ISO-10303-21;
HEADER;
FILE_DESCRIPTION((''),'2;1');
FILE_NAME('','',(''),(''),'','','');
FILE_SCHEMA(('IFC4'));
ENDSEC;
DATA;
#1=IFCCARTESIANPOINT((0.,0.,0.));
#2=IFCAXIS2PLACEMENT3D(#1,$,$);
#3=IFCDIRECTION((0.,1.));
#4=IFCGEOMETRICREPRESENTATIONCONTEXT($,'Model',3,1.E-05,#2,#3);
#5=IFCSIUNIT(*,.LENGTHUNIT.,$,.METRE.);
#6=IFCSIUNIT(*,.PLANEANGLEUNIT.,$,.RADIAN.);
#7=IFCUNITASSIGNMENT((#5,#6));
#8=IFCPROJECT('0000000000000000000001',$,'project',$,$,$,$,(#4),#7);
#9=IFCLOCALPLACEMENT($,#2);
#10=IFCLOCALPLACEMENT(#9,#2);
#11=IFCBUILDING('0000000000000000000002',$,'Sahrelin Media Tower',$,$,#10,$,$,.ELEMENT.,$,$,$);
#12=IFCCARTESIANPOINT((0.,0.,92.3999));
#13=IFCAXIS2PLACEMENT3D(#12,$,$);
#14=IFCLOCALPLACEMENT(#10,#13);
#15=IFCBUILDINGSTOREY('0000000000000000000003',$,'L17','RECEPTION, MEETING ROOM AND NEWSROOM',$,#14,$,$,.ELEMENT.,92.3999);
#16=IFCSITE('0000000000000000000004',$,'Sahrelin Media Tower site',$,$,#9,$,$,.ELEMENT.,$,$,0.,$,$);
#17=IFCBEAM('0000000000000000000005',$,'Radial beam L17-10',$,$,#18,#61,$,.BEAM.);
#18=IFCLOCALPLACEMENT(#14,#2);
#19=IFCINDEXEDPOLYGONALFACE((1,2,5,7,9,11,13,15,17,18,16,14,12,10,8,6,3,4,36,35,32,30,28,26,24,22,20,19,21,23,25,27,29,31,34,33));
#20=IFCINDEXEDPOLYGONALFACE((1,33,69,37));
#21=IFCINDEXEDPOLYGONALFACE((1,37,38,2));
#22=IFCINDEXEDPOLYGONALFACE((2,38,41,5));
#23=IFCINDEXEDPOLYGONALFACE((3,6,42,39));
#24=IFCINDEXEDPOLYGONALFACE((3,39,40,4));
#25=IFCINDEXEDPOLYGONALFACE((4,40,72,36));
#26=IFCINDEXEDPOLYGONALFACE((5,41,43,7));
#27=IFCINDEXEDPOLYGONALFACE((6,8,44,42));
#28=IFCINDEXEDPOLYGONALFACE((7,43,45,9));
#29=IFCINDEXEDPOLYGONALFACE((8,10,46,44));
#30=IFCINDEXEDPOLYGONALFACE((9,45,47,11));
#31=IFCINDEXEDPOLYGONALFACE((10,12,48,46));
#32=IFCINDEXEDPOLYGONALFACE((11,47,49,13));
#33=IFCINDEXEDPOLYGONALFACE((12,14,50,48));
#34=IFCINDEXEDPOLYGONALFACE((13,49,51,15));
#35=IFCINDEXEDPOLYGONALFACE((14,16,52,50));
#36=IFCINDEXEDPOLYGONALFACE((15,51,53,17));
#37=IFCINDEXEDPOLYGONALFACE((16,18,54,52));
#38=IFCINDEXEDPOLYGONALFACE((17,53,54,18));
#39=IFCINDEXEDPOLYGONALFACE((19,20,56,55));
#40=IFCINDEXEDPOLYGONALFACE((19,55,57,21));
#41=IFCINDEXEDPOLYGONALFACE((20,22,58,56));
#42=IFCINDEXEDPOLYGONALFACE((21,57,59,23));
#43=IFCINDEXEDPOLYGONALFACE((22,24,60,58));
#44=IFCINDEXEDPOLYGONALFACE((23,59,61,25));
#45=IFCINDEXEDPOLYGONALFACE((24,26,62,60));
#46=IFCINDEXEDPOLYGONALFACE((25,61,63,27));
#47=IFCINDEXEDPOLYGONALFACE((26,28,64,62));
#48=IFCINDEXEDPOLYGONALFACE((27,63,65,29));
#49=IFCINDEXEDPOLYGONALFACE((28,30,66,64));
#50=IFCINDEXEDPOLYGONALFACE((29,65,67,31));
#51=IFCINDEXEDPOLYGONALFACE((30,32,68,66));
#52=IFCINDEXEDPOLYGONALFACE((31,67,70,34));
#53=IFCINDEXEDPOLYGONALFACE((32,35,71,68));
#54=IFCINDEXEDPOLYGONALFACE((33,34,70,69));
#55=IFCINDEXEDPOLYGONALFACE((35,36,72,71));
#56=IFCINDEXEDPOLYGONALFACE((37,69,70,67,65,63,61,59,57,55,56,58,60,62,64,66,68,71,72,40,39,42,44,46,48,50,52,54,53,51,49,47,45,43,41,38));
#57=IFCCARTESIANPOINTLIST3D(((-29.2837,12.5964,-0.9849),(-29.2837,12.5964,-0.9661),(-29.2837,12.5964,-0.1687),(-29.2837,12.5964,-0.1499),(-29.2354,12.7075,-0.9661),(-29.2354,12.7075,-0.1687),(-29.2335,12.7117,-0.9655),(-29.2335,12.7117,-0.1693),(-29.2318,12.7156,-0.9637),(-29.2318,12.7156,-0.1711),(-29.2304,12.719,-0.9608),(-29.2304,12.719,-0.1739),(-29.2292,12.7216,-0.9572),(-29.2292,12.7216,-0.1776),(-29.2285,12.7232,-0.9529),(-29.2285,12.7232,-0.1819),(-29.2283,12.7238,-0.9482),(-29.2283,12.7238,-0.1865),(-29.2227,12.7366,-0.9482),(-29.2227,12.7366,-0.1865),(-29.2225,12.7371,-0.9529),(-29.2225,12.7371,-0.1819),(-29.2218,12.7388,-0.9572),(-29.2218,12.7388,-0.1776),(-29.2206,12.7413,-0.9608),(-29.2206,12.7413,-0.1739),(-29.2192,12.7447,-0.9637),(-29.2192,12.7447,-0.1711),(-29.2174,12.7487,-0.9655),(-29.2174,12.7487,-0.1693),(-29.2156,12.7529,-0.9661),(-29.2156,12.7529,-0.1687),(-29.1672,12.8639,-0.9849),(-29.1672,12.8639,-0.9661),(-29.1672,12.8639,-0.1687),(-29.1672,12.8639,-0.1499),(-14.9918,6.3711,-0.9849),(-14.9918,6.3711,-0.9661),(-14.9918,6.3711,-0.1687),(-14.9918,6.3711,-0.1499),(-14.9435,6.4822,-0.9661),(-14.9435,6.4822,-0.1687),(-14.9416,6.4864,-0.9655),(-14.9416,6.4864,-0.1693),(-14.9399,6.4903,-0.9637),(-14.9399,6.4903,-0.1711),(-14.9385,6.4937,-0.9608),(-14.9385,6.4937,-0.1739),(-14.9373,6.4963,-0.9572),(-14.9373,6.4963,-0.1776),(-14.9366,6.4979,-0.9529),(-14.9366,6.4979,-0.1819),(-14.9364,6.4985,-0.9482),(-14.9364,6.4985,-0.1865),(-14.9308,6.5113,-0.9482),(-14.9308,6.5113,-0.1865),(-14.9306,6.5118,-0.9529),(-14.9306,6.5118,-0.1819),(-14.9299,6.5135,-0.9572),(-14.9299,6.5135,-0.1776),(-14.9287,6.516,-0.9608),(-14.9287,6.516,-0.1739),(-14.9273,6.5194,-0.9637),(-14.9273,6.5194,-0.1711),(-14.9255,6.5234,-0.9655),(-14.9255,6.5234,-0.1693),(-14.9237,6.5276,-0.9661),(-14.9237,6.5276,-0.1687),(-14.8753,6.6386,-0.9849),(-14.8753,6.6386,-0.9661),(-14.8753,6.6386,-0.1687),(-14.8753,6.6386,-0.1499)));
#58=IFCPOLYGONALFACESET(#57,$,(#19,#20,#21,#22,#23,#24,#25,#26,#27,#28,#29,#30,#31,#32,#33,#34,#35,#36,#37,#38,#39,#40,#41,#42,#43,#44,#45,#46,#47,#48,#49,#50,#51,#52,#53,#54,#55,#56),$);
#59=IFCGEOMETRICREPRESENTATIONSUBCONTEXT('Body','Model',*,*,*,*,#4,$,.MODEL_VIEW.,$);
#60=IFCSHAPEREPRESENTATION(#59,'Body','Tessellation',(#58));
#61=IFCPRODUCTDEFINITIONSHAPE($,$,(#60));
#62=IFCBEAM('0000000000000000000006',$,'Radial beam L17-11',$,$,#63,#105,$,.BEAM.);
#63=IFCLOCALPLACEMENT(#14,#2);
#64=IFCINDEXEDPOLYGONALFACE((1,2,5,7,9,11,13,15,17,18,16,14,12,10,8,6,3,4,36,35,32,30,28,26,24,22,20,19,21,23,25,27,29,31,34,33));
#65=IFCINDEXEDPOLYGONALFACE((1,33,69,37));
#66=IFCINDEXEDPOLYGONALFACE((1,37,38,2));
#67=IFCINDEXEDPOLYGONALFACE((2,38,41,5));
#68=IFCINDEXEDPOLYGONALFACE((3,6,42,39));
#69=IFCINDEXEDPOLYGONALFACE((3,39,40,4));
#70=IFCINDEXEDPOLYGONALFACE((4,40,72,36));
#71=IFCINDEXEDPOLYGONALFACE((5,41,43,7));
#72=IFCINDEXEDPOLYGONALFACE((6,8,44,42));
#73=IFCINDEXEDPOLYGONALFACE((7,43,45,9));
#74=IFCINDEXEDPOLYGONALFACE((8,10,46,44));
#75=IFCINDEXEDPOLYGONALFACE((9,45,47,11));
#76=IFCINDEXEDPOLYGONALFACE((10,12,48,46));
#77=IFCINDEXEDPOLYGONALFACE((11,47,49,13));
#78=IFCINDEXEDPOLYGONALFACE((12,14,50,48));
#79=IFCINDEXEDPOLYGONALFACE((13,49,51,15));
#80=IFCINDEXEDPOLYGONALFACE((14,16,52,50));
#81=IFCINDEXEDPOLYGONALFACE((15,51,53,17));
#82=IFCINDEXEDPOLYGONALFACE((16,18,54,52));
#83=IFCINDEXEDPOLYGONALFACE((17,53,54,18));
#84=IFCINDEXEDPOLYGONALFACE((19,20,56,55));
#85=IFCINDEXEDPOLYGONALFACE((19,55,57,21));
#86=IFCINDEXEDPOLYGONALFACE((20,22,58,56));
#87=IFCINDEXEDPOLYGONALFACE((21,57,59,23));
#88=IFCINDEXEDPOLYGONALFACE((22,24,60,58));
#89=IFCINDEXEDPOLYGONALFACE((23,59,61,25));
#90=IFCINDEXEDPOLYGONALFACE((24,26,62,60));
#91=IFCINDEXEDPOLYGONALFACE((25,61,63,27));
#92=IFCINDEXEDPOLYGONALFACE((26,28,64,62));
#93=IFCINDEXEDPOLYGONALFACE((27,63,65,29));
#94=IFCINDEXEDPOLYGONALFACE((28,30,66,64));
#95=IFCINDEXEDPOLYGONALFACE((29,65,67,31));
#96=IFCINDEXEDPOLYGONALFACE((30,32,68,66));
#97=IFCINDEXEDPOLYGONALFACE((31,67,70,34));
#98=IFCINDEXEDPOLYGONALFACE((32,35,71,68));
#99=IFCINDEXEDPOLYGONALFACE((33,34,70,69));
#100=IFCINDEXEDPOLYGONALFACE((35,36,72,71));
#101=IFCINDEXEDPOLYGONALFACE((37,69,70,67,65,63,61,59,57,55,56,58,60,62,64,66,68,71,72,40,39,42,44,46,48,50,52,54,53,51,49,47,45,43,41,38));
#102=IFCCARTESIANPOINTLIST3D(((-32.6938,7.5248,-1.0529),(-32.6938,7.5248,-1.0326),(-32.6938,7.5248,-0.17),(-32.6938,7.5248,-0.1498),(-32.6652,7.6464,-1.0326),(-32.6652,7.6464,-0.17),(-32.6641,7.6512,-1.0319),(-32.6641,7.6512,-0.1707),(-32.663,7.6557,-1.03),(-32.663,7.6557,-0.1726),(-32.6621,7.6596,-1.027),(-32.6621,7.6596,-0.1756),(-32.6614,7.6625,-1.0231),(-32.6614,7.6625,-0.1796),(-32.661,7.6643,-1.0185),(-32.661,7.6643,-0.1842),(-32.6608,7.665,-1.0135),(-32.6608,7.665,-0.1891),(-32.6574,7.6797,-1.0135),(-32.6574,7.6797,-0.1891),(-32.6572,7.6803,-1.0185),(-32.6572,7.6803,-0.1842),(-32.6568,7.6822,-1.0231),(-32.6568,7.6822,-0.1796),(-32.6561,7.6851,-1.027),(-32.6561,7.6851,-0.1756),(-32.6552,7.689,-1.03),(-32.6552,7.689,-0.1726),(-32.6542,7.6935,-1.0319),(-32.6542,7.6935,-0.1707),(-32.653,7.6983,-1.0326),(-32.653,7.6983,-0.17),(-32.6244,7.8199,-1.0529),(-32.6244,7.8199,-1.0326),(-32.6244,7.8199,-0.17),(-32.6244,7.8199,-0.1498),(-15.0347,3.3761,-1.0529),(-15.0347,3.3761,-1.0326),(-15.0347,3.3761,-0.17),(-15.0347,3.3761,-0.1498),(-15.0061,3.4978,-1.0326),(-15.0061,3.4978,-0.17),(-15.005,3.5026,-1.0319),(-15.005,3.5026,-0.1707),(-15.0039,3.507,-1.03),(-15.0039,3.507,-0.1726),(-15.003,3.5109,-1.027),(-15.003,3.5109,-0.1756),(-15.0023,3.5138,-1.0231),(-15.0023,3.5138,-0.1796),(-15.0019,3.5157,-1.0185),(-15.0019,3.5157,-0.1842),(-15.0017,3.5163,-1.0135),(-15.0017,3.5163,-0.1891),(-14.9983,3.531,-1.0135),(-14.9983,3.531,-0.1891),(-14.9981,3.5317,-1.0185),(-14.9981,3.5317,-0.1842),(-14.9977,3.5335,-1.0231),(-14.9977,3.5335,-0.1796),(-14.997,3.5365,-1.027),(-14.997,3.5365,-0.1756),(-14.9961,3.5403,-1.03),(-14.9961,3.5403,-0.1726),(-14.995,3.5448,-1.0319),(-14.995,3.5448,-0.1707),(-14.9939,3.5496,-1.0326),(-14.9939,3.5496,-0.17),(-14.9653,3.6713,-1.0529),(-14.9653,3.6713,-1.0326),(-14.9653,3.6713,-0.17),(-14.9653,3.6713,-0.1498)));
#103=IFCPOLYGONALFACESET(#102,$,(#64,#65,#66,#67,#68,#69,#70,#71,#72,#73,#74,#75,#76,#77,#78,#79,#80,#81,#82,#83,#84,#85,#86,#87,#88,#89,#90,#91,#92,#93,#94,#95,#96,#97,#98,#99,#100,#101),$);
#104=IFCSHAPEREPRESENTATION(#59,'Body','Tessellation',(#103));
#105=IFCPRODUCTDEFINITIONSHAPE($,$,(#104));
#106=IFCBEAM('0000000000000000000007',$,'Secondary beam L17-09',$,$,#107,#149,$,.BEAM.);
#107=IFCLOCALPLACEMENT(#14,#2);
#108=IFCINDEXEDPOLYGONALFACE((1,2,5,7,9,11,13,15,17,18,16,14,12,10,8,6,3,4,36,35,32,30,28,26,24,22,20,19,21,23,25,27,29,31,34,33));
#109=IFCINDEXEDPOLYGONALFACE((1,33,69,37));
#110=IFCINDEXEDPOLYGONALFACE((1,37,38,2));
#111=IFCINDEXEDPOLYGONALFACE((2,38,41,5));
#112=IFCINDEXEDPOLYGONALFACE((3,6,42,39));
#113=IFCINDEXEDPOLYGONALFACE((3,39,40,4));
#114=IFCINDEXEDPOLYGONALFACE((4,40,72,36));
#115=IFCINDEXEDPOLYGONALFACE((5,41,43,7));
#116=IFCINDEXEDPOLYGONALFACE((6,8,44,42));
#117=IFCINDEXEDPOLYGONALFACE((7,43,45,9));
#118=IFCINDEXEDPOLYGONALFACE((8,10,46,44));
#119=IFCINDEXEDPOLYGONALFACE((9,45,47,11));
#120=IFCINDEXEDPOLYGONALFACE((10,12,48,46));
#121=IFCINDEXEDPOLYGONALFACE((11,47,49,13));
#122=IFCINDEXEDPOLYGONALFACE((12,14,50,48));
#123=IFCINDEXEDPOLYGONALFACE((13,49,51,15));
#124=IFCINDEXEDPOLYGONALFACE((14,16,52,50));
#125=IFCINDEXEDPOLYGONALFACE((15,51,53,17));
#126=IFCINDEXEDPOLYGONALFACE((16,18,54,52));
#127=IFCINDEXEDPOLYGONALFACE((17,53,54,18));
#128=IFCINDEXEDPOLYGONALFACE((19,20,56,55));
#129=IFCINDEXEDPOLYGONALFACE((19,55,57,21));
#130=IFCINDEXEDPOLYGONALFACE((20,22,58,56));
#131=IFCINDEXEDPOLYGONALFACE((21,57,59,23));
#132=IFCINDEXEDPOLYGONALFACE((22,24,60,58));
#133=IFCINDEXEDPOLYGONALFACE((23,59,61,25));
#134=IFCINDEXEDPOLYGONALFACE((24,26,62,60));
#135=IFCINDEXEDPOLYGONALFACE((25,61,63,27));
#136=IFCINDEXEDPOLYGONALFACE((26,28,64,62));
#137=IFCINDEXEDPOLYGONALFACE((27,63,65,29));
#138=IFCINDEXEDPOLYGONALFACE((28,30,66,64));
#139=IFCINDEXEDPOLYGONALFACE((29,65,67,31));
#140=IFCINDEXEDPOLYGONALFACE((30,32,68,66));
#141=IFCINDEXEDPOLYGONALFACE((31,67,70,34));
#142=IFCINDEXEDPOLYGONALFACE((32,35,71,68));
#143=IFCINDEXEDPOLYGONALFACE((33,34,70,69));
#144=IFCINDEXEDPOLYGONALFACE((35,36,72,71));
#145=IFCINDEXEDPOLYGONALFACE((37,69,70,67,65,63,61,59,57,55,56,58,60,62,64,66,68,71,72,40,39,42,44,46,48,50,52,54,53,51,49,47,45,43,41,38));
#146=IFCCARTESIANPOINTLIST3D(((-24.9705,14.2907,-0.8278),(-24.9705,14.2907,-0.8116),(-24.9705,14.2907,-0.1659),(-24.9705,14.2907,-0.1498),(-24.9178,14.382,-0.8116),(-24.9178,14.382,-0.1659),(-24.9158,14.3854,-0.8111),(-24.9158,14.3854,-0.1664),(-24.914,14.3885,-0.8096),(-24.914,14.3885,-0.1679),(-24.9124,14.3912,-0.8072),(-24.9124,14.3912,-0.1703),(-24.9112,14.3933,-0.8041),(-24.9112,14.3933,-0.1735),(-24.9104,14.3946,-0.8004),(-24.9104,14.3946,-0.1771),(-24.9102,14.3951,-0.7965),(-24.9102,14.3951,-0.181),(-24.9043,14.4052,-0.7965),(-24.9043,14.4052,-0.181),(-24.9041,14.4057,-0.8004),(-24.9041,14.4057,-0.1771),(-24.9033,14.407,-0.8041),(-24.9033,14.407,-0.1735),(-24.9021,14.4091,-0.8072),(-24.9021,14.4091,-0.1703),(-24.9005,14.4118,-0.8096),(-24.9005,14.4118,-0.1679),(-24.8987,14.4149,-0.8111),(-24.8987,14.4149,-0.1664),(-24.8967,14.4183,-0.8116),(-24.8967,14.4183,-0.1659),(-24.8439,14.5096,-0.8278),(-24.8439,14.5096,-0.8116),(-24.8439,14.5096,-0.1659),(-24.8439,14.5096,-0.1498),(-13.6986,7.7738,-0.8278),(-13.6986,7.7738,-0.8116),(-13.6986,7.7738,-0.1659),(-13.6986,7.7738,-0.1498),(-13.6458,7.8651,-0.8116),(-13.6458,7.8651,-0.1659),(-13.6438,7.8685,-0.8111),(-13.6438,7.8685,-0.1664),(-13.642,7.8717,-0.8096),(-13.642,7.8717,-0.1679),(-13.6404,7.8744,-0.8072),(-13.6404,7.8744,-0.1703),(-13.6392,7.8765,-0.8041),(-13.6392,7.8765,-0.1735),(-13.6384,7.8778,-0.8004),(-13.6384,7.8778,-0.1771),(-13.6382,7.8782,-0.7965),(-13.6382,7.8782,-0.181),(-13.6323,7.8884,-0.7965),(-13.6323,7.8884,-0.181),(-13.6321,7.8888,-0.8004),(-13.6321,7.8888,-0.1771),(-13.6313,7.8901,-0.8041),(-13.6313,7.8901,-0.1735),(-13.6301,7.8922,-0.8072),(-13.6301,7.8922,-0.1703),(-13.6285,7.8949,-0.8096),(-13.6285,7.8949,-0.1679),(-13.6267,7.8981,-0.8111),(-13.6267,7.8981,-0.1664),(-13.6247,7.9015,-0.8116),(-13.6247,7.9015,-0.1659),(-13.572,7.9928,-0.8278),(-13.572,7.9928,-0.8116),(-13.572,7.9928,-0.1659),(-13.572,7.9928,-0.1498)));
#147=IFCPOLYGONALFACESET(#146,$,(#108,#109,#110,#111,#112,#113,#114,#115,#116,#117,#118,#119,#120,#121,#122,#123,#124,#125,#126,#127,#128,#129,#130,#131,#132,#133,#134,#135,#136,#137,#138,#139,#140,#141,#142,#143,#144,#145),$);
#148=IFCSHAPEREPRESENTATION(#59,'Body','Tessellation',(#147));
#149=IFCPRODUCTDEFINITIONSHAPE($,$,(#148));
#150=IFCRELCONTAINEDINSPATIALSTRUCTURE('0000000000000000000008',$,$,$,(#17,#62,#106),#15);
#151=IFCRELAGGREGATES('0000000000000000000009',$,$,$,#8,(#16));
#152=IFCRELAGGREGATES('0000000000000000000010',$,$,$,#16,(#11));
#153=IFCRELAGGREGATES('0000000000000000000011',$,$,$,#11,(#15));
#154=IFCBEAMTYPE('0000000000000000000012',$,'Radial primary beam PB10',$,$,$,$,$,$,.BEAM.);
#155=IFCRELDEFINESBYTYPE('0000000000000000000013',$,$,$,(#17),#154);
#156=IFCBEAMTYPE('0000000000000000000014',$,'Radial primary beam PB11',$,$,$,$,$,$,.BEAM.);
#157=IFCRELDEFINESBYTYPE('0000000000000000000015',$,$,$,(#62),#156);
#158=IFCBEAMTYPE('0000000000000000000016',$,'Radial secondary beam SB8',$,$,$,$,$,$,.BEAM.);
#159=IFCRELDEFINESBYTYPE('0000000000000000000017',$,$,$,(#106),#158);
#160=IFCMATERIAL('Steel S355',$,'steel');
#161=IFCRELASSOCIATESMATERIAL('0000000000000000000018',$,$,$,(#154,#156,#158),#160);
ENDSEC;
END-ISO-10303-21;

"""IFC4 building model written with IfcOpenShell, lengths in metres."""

from ifc_helpers import new_model, si_unit, direction, frame, origin, origin_2d, place, context, subcontext, project, spatial, i_section, extrude, material, material_profile, profile_set, type_object, element, save


model = new_model("IFC4")

# Units and contexts
model_context = context("Model", 3, precision=1e-05, world=origin(), true_north=direction((0.0, 1.0)))
body_context = subcontext(model_context, "Body", "Model", "MODEL_VIEW")
ifc_project = project(units=[si_unit("LENGTHUNIT", "METRE"), si_unit("PLANEANGLEUNIT", "RADIAN")], contexts=[model_context])

# Site, building, storey
site_placement = place(None, origin())
site = spatial("IfcSite", under=ifc_project, at=site_placement, Name="Sahrelin Media Tower site", CompositionType="ELEMENT", RefElevation=0.0)
building_placement = place(site_placement, origin())
building = spatial("IfcBuilding", under=site, at=building_placement, Name="Sahrelin Media Tower", CompositionType="ELEMENT")
storey_placement = place(building_placement, frame((0.0, 0.0, 92.3999)))
storey = spatial("IfcBuildingStorey", under=building, at=storey_placement, Name="L17", Description="RECEPTION, MEETING ROOM AND NEWSROOM", CompositionType="ELEMENT", Elevation=92.3999)

# Beams
ifc_material_1 = material(Name="Steel S355", Category="steel")
ifc_material_profile_1 = material_profile(ifc_material_1, i_section(OverallWidth=0.2917, OverallDepth=0.835, WebThickness=0.0139, FlangeThickness=0.0188, FilletRadius=0.0178, at=origin_2d()), Name="UB 838x292x176")
ifc_profile_set_1 = profile_set([ifc_material_profile_1], Name="Steel S355")
beam_type_1 = type_object("IfcBeamType", Name="Radial primary beam PB10", PredefinedType="BEAM", material=ifc_profile_set_1)
beam_1_placement = place(storey_placement, frame((-14.9336, 6.5049, -0.5674), z_axis=(-0.916802, 0.399343, 0.0), x_axis=(-0.399343, -0.916802, 0.0)))
element("IfcBeam", 1, at=beam_1_placement, inside=storey, type_object=beam_type_1, Name="Radial beam L17-10", PredefinedType="BEAM", context=body_context, shape_type="SweptSolid", body=[
    extrude(i_section(OverallWidth=0.2917, OverallDepth=0.835, WebThickness=0.0139, FlangeThickness=0.0188, FilletRadius=0.0178, at=origin_2d()), origin(), (0.0, 0.0, 1.0), 15.5889),
])
ifc_material_profile_2 = material_profile(ifc_material_1, i_section(OverallWidth=0.3032, OverallDepth=0.9031, WebThickness=0.0151, FlangeThickness=0.0203, FilletRadius=0.019, at=origin_2d()), Name="UB 914x305x201")
ifc_profile_set_2 = profile_set([ifc_material_profile_2], Name="Steel S355")
beam_type_2 = type_object("IfcBeamType", Name="Radial primary beam PB11", PredefinedType="BEAM", material=ifc_profile_set_2)
beam_2_placement = place(storey_placement, frame((-15.0, 3.5237, -0.6013), z_axis=(-0.973496, 0.228704, 0.0), x_axis=(-0.228704, -0.973496, 0.0)))
element("IfcBeam", 2, at=beam_2_placement, inside=storey, type_object=beam_type_2, Name="Radial beam L17-11", PredefinedType="BEAM", context=body_context, shape_type="SweptSolid", body=[
    extrude(i_section(OverallWidth=0.3032, OverallDepth=0.9031, WebThickness=0.0151, FlangeThickness=0.0203, FilletRadius=0.019, at=origin_2d()), origin(), (0.0, 0.0, 1.0), 18.1399),
])
ifc_material_profile_3 = material_profile(ifc_material_1, i_section(OverallWidth=0.2529, OverallDepth=0.678, WebThickness=0.0117, FlangeThickness=0.0161, FilletRadius=0.0151, at=origin_2d()), Name="UB 686x254x125")
ifc_profile_set_3 = profile_set([ifc_material_profile_3], Name="Steel S355")
beam_type_3 = type_object("IfcBeamType", Name="Radial secondary beam SB8", PredefinedType="BEAM", material=ifc_profile_set_3)
beam_3_placement = place(storey_placement, frame((-13.6353, 7.8833, -0.4888), z_axis=(-0.865727, 0.500517, 0.0), x_axis=(-0.500517, -0.865727, 0.0)))
element("IfcBeam", 3, at=beam_3_placement, inside=storey, type_object=beam_type_3, Name="Secondary beam L17-09", PredefinedType="BEAM", context=body_context, shape_type="SweptSolid", body=[
    extrude(i_section(OverallWidth=0.2529, OverallDepth=0.678, WebThickness=0.0117, FlangeThickness=0.0161, FilletRadius=0.0151, at=origin_2d()), origin(), (0.0, 0.0, 1.0), 13.0203),
])

save(model, "model.ifc")
